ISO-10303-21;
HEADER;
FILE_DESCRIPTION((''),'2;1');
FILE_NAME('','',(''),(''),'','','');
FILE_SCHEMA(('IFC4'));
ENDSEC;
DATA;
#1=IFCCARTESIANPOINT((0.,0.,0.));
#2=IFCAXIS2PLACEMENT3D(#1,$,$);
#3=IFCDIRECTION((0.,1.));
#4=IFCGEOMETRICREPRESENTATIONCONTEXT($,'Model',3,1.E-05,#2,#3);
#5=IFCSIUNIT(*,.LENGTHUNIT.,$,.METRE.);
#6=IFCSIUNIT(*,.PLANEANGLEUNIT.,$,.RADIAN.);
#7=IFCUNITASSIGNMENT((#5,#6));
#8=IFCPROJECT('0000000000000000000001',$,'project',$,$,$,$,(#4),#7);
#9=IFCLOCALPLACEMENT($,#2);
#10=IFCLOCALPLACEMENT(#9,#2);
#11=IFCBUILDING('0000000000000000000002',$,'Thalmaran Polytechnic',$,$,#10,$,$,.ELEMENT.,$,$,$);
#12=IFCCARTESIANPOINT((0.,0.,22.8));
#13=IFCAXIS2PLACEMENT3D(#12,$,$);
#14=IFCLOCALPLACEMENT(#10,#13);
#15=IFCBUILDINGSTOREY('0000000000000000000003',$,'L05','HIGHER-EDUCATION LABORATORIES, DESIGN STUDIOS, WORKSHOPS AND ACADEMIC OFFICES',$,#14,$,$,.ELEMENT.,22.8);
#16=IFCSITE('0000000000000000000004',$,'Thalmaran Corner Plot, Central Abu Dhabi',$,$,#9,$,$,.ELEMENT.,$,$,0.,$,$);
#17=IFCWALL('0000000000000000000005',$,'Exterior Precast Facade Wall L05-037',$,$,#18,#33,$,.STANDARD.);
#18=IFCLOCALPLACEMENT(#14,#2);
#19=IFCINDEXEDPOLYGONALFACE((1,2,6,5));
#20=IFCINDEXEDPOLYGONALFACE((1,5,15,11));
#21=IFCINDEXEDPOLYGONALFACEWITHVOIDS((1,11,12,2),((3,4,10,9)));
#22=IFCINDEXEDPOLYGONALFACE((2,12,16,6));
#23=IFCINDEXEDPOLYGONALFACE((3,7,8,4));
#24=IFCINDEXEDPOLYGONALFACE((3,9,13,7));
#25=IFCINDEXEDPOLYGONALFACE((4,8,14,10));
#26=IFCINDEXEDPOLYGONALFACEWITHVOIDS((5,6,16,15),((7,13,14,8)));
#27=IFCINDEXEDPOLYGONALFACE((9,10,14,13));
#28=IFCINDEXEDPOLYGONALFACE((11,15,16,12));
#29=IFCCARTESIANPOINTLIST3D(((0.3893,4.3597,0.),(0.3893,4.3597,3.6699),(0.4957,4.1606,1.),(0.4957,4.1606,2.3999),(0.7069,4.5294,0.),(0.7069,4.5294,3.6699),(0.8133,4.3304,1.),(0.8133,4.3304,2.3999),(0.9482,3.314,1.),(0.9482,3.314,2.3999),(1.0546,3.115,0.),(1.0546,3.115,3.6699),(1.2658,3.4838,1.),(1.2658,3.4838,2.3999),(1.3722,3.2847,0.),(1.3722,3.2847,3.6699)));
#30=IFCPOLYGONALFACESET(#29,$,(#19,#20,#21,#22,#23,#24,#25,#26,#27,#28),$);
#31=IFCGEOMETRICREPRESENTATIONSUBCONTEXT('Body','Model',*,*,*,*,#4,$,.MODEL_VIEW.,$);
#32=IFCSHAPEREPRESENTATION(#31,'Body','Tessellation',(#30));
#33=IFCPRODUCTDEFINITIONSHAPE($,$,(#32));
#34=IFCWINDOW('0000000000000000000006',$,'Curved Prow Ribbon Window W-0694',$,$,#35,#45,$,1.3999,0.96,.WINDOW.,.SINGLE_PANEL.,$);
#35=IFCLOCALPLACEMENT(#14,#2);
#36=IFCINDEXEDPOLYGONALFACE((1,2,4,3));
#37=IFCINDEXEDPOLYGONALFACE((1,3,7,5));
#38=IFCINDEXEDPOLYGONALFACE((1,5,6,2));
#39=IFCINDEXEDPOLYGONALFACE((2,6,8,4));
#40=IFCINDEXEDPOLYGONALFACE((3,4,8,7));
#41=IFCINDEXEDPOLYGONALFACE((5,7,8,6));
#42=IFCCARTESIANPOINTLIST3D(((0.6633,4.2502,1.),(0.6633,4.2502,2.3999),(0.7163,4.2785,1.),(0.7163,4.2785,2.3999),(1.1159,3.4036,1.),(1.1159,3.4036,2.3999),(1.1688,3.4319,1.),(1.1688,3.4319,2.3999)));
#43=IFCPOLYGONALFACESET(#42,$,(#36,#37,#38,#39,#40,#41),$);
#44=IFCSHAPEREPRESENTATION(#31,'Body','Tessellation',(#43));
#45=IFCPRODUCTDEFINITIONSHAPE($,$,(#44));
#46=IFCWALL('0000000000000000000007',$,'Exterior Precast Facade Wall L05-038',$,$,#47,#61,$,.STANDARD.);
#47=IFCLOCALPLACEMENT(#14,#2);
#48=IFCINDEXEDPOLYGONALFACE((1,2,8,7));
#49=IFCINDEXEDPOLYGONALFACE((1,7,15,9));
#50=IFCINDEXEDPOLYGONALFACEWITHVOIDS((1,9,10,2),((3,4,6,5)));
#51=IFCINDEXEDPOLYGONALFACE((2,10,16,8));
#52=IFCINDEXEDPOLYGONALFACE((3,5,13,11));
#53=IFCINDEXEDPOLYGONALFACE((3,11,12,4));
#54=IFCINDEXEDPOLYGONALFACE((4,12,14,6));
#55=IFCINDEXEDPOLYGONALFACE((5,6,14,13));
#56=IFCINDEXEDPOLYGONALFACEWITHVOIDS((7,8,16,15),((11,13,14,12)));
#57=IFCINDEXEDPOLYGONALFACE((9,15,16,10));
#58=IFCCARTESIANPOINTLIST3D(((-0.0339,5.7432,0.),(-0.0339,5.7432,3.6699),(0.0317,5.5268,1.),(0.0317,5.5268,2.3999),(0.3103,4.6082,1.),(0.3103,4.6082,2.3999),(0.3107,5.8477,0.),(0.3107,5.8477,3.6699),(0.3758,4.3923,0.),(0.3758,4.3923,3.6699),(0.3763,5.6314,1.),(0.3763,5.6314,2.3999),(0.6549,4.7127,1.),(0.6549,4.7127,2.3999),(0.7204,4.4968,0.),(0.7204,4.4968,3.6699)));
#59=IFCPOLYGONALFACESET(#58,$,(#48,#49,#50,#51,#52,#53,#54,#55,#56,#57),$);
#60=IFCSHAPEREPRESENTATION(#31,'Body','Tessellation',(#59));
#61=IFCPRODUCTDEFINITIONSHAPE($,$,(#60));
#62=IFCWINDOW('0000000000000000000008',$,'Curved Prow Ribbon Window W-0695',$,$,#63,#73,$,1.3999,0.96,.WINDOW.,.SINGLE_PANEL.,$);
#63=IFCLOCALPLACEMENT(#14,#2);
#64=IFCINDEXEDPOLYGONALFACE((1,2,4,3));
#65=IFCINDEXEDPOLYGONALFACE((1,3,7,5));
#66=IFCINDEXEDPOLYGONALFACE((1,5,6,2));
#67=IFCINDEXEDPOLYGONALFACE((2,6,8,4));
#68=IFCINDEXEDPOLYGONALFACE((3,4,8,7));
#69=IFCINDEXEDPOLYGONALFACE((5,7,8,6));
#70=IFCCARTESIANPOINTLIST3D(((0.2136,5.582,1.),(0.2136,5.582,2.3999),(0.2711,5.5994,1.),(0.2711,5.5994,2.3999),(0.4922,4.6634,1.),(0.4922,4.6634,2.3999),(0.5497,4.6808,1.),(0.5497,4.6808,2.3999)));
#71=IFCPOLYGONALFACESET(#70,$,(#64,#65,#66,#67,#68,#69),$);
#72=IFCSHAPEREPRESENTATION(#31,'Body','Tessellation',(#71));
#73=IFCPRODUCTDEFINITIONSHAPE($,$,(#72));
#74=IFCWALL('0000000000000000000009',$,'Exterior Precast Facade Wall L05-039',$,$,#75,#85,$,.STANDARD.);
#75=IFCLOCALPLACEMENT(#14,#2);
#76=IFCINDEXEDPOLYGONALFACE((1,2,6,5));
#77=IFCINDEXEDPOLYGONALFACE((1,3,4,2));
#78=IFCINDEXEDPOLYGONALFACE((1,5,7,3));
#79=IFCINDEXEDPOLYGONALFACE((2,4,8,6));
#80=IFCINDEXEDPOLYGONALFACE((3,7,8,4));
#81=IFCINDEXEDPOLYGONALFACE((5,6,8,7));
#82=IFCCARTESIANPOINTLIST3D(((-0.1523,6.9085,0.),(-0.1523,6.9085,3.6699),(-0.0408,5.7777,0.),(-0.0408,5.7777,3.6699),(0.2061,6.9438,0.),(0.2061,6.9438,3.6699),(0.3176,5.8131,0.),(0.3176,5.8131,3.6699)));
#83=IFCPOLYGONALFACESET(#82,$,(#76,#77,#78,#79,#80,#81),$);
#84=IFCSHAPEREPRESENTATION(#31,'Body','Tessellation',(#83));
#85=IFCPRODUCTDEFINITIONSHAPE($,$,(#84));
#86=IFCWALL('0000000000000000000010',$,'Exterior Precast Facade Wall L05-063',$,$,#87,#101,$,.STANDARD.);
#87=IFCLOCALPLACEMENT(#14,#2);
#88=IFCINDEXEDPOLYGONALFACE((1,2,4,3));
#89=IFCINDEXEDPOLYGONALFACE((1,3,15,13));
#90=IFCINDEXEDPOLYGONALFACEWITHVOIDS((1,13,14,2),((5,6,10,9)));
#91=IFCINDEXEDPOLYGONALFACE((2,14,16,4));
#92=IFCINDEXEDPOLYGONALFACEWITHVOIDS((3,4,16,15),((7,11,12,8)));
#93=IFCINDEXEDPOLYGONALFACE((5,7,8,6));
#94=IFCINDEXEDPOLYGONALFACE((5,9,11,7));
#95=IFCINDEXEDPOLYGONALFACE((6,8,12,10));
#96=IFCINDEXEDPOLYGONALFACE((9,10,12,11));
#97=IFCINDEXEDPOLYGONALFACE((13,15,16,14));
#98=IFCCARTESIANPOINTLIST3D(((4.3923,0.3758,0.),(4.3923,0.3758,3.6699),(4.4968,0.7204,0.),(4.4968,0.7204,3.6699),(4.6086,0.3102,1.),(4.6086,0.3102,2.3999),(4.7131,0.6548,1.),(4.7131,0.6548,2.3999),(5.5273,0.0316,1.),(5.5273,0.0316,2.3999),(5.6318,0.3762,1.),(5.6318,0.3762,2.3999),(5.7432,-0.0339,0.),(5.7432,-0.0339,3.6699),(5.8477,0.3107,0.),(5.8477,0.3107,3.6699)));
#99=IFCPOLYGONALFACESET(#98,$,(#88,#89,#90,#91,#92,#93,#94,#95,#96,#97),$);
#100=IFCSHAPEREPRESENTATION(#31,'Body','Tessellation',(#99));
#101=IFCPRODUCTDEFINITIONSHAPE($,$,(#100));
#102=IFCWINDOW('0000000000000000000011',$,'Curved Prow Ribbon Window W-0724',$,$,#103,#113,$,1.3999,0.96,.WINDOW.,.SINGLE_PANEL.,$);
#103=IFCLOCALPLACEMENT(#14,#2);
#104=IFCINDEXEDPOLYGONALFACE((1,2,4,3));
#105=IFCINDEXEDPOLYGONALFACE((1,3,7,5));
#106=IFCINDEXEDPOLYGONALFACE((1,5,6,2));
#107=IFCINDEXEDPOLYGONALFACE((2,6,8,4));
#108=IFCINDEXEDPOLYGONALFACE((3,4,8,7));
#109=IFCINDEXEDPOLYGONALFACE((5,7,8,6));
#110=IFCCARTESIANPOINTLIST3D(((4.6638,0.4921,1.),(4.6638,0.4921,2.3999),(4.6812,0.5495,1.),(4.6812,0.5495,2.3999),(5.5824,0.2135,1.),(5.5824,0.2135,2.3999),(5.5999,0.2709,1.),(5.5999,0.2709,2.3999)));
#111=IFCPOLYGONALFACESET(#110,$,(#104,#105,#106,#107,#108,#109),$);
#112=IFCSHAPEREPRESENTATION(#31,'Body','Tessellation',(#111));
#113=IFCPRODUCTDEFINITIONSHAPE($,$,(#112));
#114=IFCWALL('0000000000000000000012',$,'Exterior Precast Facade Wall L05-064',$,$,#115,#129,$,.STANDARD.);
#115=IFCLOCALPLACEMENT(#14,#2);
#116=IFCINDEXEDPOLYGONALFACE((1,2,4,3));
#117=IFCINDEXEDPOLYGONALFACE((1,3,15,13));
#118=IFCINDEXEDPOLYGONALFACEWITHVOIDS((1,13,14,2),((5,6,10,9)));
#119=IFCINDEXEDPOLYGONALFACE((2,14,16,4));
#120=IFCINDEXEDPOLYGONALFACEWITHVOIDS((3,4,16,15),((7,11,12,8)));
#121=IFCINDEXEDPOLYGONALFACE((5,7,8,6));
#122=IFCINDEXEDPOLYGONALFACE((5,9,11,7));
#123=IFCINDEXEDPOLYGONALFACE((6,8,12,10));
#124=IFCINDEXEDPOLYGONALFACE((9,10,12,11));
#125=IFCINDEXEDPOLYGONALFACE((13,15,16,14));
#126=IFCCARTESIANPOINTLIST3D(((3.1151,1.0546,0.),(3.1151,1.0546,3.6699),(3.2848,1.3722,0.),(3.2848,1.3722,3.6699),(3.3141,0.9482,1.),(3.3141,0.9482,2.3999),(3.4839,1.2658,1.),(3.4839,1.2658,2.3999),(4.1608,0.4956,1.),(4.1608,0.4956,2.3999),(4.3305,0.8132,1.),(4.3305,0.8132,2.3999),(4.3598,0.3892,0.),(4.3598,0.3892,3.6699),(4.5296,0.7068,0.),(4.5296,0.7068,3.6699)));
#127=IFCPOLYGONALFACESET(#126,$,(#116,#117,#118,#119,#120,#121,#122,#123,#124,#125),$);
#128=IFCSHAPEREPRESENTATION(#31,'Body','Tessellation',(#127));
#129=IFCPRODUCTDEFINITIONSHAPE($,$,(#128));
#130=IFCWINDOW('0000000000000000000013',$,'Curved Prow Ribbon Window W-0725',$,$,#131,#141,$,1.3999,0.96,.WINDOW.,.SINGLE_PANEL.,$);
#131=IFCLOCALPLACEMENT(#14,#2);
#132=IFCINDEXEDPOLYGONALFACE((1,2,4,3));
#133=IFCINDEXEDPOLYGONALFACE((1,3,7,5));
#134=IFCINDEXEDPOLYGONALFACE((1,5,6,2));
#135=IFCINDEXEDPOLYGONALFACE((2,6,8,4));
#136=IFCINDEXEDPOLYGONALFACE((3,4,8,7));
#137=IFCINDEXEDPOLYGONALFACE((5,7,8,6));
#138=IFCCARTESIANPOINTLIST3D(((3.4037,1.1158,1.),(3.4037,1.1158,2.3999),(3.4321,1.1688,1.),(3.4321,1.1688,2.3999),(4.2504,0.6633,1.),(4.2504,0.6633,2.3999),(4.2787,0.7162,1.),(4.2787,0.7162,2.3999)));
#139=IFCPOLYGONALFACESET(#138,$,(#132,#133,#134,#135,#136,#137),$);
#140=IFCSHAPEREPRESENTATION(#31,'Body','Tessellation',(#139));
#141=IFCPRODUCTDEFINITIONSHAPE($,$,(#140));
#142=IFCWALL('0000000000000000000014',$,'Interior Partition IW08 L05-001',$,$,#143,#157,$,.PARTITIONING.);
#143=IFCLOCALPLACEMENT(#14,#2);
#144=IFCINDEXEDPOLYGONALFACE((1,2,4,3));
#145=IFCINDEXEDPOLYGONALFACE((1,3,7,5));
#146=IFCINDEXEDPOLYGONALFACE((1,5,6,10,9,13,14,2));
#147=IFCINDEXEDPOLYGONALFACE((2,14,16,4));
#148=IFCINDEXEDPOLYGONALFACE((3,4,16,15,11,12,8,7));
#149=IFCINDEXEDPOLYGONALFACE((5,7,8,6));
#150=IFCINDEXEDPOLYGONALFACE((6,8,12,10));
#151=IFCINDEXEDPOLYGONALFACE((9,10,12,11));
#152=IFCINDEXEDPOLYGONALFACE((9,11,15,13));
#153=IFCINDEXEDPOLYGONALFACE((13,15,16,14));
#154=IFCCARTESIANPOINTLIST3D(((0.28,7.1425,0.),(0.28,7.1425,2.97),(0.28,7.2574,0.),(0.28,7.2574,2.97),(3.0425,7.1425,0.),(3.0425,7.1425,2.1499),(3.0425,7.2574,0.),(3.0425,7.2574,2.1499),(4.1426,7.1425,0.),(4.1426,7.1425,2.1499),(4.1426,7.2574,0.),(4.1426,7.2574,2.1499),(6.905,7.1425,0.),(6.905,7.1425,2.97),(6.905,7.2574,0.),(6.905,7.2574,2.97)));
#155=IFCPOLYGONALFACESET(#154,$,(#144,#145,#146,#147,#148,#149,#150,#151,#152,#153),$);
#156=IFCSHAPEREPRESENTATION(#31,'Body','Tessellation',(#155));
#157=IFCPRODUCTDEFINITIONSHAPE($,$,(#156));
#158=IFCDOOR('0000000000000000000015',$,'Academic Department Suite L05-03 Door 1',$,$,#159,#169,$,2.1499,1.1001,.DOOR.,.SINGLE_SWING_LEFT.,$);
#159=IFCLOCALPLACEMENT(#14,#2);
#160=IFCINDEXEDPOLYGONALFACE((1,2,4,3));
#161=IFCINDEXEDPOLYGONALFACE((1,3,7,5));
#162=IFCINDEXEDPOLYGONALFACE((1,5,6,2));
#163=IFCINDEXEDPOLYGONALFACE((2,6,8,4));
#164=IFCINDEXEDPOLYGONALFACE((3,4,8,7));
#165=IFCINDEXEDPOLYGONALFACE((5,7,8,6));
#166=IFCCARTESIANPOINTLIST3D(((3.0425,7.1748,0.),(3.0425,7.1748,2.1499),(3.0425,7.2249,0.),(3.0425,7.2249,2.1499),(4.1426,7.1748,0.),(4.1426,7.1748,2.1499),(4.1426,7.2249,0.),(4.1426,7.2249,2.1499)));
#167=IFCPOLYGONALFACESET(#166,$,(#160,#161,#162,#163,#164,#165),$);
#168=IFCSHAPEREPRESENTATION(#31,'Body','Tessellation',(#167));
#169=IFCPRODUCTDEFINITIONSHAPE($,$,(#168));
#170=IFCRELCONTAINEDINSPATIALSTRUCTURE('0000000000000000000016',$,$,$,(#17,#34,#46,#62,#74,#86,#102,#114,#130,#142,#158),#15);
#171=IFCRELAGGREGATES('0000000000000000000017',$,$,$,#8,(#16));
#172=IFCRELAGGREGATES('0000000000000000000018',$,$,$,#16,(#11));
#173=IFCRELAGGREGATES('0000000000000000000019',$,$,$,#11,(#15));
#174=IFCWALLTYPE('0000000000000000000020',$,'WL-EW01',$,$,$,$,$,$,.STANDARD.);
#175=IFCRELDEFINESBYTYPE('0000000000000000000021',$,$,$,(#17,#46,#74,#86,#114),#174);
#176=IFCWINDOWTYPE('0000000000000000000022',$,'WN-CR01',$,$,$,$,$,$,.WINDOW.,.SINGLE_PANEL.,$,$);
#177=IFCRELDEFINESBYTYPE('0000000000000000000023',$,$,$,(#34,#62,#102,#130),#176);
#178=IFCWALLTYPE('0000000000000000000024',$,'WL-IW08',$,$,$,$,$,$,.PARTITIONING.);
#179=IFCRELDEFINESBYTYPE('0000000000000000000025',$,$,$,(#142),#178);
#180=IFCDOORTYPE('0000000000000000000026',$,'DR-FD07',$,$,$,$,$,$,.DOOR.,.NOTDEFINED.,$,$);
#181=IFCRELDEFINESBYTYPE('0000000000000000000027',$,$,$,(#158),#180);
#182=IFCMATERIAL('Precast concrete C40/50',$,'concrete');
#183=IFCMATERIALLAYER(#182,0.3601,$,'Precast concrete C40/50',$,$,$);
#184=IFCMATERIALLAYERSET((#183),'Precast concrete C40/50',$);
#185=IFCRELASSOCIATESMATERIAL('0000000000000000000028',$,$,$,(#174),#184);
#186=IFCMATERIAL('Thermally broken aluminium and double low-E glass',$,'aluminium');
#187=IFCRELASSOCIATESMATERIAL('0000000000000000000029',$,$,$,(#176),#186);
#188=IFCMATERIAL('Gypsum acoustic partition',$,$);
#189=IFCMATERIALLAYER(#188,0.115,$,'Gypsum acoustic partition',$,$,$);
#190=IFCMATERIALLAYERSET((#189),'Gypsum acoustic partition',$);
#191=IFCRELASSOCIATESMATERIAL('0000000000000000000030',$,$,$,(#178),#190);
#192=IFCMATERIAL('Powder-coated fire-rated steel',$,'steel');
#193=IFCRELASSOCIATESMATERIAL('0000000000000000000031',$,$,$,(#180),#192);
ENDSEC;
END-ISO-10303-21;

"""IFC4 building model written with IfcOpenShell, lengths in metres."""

from ifc_helpers import new_model, si_unit, direction, frame, frame_2d, origin, place, context, subcontext, project, spatial, rectangle, extrude, material, layer, layer_set, type_object, element, fill, save


model = new_model("IFC4")

# Units and contexts
model_context = context("Model", 3, precision=1e-05, world=origin(), true_north=direction((0.0, 1.0)))
body_context = subcontext(model_context, "Body", "Model", "MODEL_VIEW")
ifc_project = project(units=[si_unit("LENGTHUNIT", "METRE"), si_unit("PLANEANGLEUNIT", "RADIAN")], contexts=[model_context])

# Site, building, storey
site_placement = place(None, origin())
site = spatial("IfcSite", under=ifc_project, at=site_placement, Name="Thalmaran Corner Plot, Central Abu Dhabi", CompositionType="ELEMENT", RefElevation=0.0)
building_placement = place(site_placement, origin())
building = spatial("IfcBuilding", under=site, at=building_placement, Name="Thalmaran Polytechnic", CompositionType="ELEMENT")
storey_placement = place(building_placement, frame((0.0, 0.0, 22.8)))
storey = spatial("IfcBuildingStorey", under=building, at=storey_placement, Name="L05", Description="HIGHER-EDUCATION LABORATORIES, DESIGN STUDIOS, WORKSHOPS AND ACADEMIC OFFICES", CompositionType="ELEMENT", Elevation=22.8)

# Walls, openings, windows
ifc_material_1 = material(Name="Precast concrete C40/50", Category="concrete")
ifc_layer_1 = layer(ifc_material_1, 0.3601, Name="Precast concrete C40/50")
ifc_layer_set_1 = layer_set([ifc_layer_1], Name="Precast concrete C40/50")
wall_type_1 = type_object("IfcWallType", Name="WL-EW01", PredefinedType="STANDARD", material=ifc_layer_set_1)
ifc_material_2 = material(Name="Thermally broken aluminium and double low-E glass", Category="aluminium")
window_type = type_object("IfcWindowType", Name="WN-CR01", PartitioningType="SINGLE_PANEL", PredefinedType="WINDOW", material=ifc_material_2)
wall_1_placement = place(storey_placement, frame((1.2134, 3.2, 0.0), z_axis=(0.0, 0.0, 1.0), x_axis=(-0.471405, 0.881917, 0.0)))
wall_1 = element("IfcWall", 1, at=wall_1_placement, inside=storey, type_object=wall_type_1, Name="Exterior Precast Facade Wall L05-037", PredefinedType="STANDARD", context=body_context, shape_type="SweptSolid", body=[
    extrude(rectangle(XDim=1.4114, YDim=0.3601, at=frame_2d((0.7056, 0.0))), origin(), (0.0, 0.0, 1.0), 3.6699),
])
opening_1_placement = place(wall_1_placement, frame((0.2256, 0.0, 1.0)))
opening_1 = element("IfcOpeningElement", 2, at=opening_1_placement, cuts=wall_1, PredefinedType="OPENING", context=body_context, shape_type="SweptSolid", body=[
    extrude(rectangle(XDim=0.96, YDim=1.3999, at=frame_2d((0.48, 0.7))), frame((0.0, 0.1899, 0.0), z_axis=(0.0, -1.0, 0.0), x_axis=(1.0, 0.0, 0.0)), (0.0, 0.0, 1.0), 0.3801),
])
window_1_placement = place(opening_1_placement, origin())
window_1 = element("IfcWindow", 3, at=window_1_placement, inside=storey, type_object=window_type, Name="Curved Prow Ribbon Window W-0694", OverallHeight=1.3999, OverallWidth=0.96, PartitioningType="SINGLE_PANEL", PredefinedType="WINDOW", context=body_context, shape_type="SweptSolid", body=[
    extrude(rectangle(XDim=0.96, YDim=1.3999, at=frame_2d((0.48, 0.7))), frame((0.0, -0.01, 0.0), z_axis=(0.0, -1.0, 0.0), x_axis=(1.0, 0.0, 0.0)), (0.0, 0.0, 1.0), 0.0601),
])
fill(opening_1, window_1)
wall_2_placement = place(storey_placement, frame((0.5481, 4.4446, 0.0), z_axis=(0.0, 0.0, 1.0), x_axis=(-0.290219, 0.95696, 0.0)))
wall_2 = element("IfcWall", 4, at=wall_2_placement, inside=storey, type_object=wall_type_1, Name="Exterior Precast Facade Wall L05-038", PredefinedType="STANDARD", context=body_context, shape_type="SweptSolid", body=[
    extrude(rectangle(XDim=1.4116, YDim=0.3601, at=frame_2d((0.7058, 0.0))), origin(), (0.0, 0.0, 1.0), 3.6699),
])
opening_2_placement = place(wall_2_placement, frame((0.2256, 0.0, 1.0)))
opening_2 = element("IfcOpeningElement", 5, at=opening_2_placement, cuts=wall_2, PredefinedType="OPENING", context=body_context, shape_type="SweptSolid", body=[
    extrude(rectangle(XDim=0.96, YDim=1.3999, at=frame_2d((0.48, 0.7))), frame((0.0, 0.1899, 0.0), z_axis=(0.0, -1.0, 0.0), x_axis=(1.0, 0.0, 0.0)), (0.0, 0.0, 1.0), 0.3801),
])
window_2_placement = place(opening_2_placement, origin())
window_2 = element("IfcWindow", 6, at=window_2_placement, inside=storey, type_object=window_type, Name="Curved Prow Ribbon Window W-0695", OverallHeight=1.3999, OverallWidth=0.96, PartitioningType="SINGLE_PANEL", PredefinedType="WINDOW", context=body_context, shape_type="SweptSolid", body=[
    extrude(rectangle(XDim=0.96, YDim=1.3999, at=frame_2d((0.48, 0.7))), frame((0.0, -0.01, 0.0), z_axis=(0.0, -1.0, 0.0), x_axis=(1.0, 0.0, 0.0)), (0.0, 0.0, 1.0), 0.0601),
])
fill(opening_2, window_2)

# Wall
wall_3_placement = place(storey_placement, frame((0.1384, 5.7954, 0.0), z_axis=(0.0, 0.0, 1.0), x_axis=(-0.098185, 0.995168, 0.0)))
element("IfcWall", 7, at=wall_3_placement, inside=storey, type_object=wall_type_1, Name="Exterior Precast Facade Wall L05-039", PredefinedType="STANDARD", context=body_context, shape_type="SweptSolid", body=[
    extrude(rectangle(XDim=1.1362, YDim=0.3601, at=frame_2d((0.5681, 0.0))), origin(), (0.0, 0.0, 1.0), 3.6699),
])

# Walls, openings, windows
wall_4_placement = place(storey_placement, frame((5.7954, 0.1384, 0.0), z_axis=(0.0, 0.0, 1.0), x_axis=(-0.95696, 0.290219, 0.0)))
wall_4 = element("IfcWall", 8, at=wall_4_placement, inside=storey, type_object=wall_type_1, Name="Exterior Precast Facade Wall L05-063", PredefinedType="STANDARD", context=body_context, shape_type="SweptSolid", body=[
    extrude(rectangle(XDim=1.4116, YDim=0.3601, at=frame_2d((0.7058, 0.0))), origin(), (0.0, 0.0, 1.0), 3.6699),
])
opening_3_placement = place(wall_4_placement, frame((0.2256, 0.0, 1.0)))
opening_3 = element("IfcOpeningElement", 9, at=opening_3_placement, cuts=wall_4, PredefinedType="OPENING", context=body_context, shape_type="SweptSolid", body=[
    extrude(rectangle(XDim=0.96, YDim=1.3999, at=frame_2d((0.48, 0.7))), frame((0.0, 0.1899, 0.0), z_axis=(0.0, -1.0, 0.0), x_axis=(1.0, 0.0, 0.0)), (0.0, 0.0, 1.0), 0.3801),
])
window_3_placement = place(opening_3_placement, origin())
window_3 = element("IfcWindow", 10, at=window_3_placement, inside=storey, type_object=window_type, Name="Curved Prow Ribbon Window W-0724", OverallHeight=1.3999, OverallWidth=0.96, PartitioningType="SINGLE_PANEL", PredefinedType="WINDOW", context=body_context, shape_type="SweptSolid", body=[
    extrude(rectangle(XDim=0.96, YDim=1.3999, at=frame_2d((0.48, 0.7))), frame((0.0, -0.01, 0.0), z_axis=(0.0, -1.0, 0.0), x_axis=(1.0, 0.0, 0.0)), (0.0, 0.0, 1.0), 0.0601),
])
fill(opening_3, window_3)
wall_5_placement = place(storey_placement, frame((4.4446, 0.5481, 0.0), z_axis=(0.0, 0.0, 1.0), x_axis=(-0.881917, 0.471405, 0.0)))
wall_5 = element("IfcWall", 11, at=wall_5_placement, inside=storey, type_object=wall_type_1, Name="Exterior Precast Facade Wall L05-064", PredefinedType="STANDARD", context=body_context, shape_type="SweptSolid", body=[
    extrude(rectangle(XDim=1.4114, YDim=0.3601, at=frame_2d((0.7056, 0.0))), origin(), (0.0, 0.0, 1.0), 3.6699),
])
opening_4_placement = place(wall_5_placement, frame((0.2256, 0.0, 1.0)))
opening_4 = element("IfcOpeningElement", 12, at=opening_4_placement, cuts=wall_5, PredefinedType="OPENING", context=body_context, shape_type="SweptSolid", body=[
    extrude(rectangle(XDim=0.96, YDim=1.3999, at=frame_2d((0.48, 0.7))), frame((0.0, 0.1899, 0.0), z_axis=(0.0, -1.0, 0.0), x_axis=(1.0, 0.0, 0.0)), (0.0, 0.0, 1.0), 0.3801),
])
window_4_placement = place(opening_4_placement, origin())
window_4 = element("IfcWindow", 13, at=window_4_placement, inside=storey, type_object=window_type, Name="Curved Prow Ribbon Window W-0725", OverallHeight=1.3999, OverallWidth=0.96, PartitioningType="SINGLE_PANEL", PredefinedType="WINDOW", context=body_context, shape_type="SweptSolid", body=[
    extrude(rectangle(XDim=0.96, YDim=1.3999, at=frame_2d((0.48, 0.7))), frame((0.0, -0.01, 0.0), z_axis=(0.0, -1.0, 0.0), x_axis=(1.0, 0.0, 0.0)), (0.0, 0.0, 1.0), 0.0601),
])
fill(opening_4, window_4)

# Wall, opening, door
ifc_material_3 = material(Name="Gypsum acoustic partition")
ifc_layer_2 = layer(ifc_material_3, 0.115, Name="Gypsum acoustic partition")
ifc_layer_set_2 = layer_set([ifc_layer_2], Name="Gypsum acoustic partition")
wall_type_2 = type_object("IfcWallType", Name="WL-IW08", PredefinedType="PARTITIONING", material=ifc_layer_set_2)
wall_6_placement = place(storey_placement, frame((0.28, 7.2, 0.0), z_axis=(0.0, 0.0, 1.0), x_axis=(1.0, 0.0, 0.0)))
wall_6 = element("IfcWall", 14, at=wall_6_placement, inside=storey, type_object=wall_type_2, Name="Interior Partition IW08 L05-001", PredefinedType="PARTITIONING", context=body_context, shape_type="SweptSolid", body=[
    extrude(rectangle(XDim=6.625, YDim=0.115, at=frame_2d((3.3125, 0.0))), origin(), (0.0, 0.0, 1.0), 2.97),
])
opening_5_placement = place(wall_6_placement, frame((2.7625, 0.0, 0.0)))
opening_5 = element("IfcOpeningElement", 15, at=opening_5_placement, cuts=wall_6, PredefinedType="OPENING", context=body_context, shape_type="SweptSolid", body=[
    extrude(rectangle(XDim=1.1001, YDim=2.1499, at=frame_2d((0.55, 1.075))), frame((0.0, 0.0674, 0.0), z_axis=(0.0, -1.0, 0.0), x_axis=(1.0, 0.0, 0.0)), (0.0, 0.0, 1.0), 0.135),
])
ifc_material_4 = material(Name="Powder-coated fire-rated steel", Category="steel")
door_type = type_object("IfcDoorType", Name="DR-FD07", OperationType="NOTDEFINED", PredefinedType="DOOR", material=ifc_material_4)
door_placement = place(opening_5_placement, origin())
door = element("IfcDoor", 16, at=door_placement, inside=storey, type_object=door_type, Name="Academic Department Suite L05-03 Door 1", OperationType="SINGLE_SWING_LEFT", OverallHeight=2.1499, OverallWidth=1.1001, PredefinedType="DOOR", context=body_context, shape_type="SweptSolid", body=[
    extrude(rectangle(XDim=1.1001, YDim=2.1499, at=frame_2d((0.55, 1.075))), frame((0.0, 0.0249, 0.0), z_axis=(0.0, -1.0, 0.0), x_axis=(1.0, 0.0, 0.0)), (0.0, 0.0, 1.0), 0.05),
])
fill(opening_5, door)

save(model, "model.ifc")
